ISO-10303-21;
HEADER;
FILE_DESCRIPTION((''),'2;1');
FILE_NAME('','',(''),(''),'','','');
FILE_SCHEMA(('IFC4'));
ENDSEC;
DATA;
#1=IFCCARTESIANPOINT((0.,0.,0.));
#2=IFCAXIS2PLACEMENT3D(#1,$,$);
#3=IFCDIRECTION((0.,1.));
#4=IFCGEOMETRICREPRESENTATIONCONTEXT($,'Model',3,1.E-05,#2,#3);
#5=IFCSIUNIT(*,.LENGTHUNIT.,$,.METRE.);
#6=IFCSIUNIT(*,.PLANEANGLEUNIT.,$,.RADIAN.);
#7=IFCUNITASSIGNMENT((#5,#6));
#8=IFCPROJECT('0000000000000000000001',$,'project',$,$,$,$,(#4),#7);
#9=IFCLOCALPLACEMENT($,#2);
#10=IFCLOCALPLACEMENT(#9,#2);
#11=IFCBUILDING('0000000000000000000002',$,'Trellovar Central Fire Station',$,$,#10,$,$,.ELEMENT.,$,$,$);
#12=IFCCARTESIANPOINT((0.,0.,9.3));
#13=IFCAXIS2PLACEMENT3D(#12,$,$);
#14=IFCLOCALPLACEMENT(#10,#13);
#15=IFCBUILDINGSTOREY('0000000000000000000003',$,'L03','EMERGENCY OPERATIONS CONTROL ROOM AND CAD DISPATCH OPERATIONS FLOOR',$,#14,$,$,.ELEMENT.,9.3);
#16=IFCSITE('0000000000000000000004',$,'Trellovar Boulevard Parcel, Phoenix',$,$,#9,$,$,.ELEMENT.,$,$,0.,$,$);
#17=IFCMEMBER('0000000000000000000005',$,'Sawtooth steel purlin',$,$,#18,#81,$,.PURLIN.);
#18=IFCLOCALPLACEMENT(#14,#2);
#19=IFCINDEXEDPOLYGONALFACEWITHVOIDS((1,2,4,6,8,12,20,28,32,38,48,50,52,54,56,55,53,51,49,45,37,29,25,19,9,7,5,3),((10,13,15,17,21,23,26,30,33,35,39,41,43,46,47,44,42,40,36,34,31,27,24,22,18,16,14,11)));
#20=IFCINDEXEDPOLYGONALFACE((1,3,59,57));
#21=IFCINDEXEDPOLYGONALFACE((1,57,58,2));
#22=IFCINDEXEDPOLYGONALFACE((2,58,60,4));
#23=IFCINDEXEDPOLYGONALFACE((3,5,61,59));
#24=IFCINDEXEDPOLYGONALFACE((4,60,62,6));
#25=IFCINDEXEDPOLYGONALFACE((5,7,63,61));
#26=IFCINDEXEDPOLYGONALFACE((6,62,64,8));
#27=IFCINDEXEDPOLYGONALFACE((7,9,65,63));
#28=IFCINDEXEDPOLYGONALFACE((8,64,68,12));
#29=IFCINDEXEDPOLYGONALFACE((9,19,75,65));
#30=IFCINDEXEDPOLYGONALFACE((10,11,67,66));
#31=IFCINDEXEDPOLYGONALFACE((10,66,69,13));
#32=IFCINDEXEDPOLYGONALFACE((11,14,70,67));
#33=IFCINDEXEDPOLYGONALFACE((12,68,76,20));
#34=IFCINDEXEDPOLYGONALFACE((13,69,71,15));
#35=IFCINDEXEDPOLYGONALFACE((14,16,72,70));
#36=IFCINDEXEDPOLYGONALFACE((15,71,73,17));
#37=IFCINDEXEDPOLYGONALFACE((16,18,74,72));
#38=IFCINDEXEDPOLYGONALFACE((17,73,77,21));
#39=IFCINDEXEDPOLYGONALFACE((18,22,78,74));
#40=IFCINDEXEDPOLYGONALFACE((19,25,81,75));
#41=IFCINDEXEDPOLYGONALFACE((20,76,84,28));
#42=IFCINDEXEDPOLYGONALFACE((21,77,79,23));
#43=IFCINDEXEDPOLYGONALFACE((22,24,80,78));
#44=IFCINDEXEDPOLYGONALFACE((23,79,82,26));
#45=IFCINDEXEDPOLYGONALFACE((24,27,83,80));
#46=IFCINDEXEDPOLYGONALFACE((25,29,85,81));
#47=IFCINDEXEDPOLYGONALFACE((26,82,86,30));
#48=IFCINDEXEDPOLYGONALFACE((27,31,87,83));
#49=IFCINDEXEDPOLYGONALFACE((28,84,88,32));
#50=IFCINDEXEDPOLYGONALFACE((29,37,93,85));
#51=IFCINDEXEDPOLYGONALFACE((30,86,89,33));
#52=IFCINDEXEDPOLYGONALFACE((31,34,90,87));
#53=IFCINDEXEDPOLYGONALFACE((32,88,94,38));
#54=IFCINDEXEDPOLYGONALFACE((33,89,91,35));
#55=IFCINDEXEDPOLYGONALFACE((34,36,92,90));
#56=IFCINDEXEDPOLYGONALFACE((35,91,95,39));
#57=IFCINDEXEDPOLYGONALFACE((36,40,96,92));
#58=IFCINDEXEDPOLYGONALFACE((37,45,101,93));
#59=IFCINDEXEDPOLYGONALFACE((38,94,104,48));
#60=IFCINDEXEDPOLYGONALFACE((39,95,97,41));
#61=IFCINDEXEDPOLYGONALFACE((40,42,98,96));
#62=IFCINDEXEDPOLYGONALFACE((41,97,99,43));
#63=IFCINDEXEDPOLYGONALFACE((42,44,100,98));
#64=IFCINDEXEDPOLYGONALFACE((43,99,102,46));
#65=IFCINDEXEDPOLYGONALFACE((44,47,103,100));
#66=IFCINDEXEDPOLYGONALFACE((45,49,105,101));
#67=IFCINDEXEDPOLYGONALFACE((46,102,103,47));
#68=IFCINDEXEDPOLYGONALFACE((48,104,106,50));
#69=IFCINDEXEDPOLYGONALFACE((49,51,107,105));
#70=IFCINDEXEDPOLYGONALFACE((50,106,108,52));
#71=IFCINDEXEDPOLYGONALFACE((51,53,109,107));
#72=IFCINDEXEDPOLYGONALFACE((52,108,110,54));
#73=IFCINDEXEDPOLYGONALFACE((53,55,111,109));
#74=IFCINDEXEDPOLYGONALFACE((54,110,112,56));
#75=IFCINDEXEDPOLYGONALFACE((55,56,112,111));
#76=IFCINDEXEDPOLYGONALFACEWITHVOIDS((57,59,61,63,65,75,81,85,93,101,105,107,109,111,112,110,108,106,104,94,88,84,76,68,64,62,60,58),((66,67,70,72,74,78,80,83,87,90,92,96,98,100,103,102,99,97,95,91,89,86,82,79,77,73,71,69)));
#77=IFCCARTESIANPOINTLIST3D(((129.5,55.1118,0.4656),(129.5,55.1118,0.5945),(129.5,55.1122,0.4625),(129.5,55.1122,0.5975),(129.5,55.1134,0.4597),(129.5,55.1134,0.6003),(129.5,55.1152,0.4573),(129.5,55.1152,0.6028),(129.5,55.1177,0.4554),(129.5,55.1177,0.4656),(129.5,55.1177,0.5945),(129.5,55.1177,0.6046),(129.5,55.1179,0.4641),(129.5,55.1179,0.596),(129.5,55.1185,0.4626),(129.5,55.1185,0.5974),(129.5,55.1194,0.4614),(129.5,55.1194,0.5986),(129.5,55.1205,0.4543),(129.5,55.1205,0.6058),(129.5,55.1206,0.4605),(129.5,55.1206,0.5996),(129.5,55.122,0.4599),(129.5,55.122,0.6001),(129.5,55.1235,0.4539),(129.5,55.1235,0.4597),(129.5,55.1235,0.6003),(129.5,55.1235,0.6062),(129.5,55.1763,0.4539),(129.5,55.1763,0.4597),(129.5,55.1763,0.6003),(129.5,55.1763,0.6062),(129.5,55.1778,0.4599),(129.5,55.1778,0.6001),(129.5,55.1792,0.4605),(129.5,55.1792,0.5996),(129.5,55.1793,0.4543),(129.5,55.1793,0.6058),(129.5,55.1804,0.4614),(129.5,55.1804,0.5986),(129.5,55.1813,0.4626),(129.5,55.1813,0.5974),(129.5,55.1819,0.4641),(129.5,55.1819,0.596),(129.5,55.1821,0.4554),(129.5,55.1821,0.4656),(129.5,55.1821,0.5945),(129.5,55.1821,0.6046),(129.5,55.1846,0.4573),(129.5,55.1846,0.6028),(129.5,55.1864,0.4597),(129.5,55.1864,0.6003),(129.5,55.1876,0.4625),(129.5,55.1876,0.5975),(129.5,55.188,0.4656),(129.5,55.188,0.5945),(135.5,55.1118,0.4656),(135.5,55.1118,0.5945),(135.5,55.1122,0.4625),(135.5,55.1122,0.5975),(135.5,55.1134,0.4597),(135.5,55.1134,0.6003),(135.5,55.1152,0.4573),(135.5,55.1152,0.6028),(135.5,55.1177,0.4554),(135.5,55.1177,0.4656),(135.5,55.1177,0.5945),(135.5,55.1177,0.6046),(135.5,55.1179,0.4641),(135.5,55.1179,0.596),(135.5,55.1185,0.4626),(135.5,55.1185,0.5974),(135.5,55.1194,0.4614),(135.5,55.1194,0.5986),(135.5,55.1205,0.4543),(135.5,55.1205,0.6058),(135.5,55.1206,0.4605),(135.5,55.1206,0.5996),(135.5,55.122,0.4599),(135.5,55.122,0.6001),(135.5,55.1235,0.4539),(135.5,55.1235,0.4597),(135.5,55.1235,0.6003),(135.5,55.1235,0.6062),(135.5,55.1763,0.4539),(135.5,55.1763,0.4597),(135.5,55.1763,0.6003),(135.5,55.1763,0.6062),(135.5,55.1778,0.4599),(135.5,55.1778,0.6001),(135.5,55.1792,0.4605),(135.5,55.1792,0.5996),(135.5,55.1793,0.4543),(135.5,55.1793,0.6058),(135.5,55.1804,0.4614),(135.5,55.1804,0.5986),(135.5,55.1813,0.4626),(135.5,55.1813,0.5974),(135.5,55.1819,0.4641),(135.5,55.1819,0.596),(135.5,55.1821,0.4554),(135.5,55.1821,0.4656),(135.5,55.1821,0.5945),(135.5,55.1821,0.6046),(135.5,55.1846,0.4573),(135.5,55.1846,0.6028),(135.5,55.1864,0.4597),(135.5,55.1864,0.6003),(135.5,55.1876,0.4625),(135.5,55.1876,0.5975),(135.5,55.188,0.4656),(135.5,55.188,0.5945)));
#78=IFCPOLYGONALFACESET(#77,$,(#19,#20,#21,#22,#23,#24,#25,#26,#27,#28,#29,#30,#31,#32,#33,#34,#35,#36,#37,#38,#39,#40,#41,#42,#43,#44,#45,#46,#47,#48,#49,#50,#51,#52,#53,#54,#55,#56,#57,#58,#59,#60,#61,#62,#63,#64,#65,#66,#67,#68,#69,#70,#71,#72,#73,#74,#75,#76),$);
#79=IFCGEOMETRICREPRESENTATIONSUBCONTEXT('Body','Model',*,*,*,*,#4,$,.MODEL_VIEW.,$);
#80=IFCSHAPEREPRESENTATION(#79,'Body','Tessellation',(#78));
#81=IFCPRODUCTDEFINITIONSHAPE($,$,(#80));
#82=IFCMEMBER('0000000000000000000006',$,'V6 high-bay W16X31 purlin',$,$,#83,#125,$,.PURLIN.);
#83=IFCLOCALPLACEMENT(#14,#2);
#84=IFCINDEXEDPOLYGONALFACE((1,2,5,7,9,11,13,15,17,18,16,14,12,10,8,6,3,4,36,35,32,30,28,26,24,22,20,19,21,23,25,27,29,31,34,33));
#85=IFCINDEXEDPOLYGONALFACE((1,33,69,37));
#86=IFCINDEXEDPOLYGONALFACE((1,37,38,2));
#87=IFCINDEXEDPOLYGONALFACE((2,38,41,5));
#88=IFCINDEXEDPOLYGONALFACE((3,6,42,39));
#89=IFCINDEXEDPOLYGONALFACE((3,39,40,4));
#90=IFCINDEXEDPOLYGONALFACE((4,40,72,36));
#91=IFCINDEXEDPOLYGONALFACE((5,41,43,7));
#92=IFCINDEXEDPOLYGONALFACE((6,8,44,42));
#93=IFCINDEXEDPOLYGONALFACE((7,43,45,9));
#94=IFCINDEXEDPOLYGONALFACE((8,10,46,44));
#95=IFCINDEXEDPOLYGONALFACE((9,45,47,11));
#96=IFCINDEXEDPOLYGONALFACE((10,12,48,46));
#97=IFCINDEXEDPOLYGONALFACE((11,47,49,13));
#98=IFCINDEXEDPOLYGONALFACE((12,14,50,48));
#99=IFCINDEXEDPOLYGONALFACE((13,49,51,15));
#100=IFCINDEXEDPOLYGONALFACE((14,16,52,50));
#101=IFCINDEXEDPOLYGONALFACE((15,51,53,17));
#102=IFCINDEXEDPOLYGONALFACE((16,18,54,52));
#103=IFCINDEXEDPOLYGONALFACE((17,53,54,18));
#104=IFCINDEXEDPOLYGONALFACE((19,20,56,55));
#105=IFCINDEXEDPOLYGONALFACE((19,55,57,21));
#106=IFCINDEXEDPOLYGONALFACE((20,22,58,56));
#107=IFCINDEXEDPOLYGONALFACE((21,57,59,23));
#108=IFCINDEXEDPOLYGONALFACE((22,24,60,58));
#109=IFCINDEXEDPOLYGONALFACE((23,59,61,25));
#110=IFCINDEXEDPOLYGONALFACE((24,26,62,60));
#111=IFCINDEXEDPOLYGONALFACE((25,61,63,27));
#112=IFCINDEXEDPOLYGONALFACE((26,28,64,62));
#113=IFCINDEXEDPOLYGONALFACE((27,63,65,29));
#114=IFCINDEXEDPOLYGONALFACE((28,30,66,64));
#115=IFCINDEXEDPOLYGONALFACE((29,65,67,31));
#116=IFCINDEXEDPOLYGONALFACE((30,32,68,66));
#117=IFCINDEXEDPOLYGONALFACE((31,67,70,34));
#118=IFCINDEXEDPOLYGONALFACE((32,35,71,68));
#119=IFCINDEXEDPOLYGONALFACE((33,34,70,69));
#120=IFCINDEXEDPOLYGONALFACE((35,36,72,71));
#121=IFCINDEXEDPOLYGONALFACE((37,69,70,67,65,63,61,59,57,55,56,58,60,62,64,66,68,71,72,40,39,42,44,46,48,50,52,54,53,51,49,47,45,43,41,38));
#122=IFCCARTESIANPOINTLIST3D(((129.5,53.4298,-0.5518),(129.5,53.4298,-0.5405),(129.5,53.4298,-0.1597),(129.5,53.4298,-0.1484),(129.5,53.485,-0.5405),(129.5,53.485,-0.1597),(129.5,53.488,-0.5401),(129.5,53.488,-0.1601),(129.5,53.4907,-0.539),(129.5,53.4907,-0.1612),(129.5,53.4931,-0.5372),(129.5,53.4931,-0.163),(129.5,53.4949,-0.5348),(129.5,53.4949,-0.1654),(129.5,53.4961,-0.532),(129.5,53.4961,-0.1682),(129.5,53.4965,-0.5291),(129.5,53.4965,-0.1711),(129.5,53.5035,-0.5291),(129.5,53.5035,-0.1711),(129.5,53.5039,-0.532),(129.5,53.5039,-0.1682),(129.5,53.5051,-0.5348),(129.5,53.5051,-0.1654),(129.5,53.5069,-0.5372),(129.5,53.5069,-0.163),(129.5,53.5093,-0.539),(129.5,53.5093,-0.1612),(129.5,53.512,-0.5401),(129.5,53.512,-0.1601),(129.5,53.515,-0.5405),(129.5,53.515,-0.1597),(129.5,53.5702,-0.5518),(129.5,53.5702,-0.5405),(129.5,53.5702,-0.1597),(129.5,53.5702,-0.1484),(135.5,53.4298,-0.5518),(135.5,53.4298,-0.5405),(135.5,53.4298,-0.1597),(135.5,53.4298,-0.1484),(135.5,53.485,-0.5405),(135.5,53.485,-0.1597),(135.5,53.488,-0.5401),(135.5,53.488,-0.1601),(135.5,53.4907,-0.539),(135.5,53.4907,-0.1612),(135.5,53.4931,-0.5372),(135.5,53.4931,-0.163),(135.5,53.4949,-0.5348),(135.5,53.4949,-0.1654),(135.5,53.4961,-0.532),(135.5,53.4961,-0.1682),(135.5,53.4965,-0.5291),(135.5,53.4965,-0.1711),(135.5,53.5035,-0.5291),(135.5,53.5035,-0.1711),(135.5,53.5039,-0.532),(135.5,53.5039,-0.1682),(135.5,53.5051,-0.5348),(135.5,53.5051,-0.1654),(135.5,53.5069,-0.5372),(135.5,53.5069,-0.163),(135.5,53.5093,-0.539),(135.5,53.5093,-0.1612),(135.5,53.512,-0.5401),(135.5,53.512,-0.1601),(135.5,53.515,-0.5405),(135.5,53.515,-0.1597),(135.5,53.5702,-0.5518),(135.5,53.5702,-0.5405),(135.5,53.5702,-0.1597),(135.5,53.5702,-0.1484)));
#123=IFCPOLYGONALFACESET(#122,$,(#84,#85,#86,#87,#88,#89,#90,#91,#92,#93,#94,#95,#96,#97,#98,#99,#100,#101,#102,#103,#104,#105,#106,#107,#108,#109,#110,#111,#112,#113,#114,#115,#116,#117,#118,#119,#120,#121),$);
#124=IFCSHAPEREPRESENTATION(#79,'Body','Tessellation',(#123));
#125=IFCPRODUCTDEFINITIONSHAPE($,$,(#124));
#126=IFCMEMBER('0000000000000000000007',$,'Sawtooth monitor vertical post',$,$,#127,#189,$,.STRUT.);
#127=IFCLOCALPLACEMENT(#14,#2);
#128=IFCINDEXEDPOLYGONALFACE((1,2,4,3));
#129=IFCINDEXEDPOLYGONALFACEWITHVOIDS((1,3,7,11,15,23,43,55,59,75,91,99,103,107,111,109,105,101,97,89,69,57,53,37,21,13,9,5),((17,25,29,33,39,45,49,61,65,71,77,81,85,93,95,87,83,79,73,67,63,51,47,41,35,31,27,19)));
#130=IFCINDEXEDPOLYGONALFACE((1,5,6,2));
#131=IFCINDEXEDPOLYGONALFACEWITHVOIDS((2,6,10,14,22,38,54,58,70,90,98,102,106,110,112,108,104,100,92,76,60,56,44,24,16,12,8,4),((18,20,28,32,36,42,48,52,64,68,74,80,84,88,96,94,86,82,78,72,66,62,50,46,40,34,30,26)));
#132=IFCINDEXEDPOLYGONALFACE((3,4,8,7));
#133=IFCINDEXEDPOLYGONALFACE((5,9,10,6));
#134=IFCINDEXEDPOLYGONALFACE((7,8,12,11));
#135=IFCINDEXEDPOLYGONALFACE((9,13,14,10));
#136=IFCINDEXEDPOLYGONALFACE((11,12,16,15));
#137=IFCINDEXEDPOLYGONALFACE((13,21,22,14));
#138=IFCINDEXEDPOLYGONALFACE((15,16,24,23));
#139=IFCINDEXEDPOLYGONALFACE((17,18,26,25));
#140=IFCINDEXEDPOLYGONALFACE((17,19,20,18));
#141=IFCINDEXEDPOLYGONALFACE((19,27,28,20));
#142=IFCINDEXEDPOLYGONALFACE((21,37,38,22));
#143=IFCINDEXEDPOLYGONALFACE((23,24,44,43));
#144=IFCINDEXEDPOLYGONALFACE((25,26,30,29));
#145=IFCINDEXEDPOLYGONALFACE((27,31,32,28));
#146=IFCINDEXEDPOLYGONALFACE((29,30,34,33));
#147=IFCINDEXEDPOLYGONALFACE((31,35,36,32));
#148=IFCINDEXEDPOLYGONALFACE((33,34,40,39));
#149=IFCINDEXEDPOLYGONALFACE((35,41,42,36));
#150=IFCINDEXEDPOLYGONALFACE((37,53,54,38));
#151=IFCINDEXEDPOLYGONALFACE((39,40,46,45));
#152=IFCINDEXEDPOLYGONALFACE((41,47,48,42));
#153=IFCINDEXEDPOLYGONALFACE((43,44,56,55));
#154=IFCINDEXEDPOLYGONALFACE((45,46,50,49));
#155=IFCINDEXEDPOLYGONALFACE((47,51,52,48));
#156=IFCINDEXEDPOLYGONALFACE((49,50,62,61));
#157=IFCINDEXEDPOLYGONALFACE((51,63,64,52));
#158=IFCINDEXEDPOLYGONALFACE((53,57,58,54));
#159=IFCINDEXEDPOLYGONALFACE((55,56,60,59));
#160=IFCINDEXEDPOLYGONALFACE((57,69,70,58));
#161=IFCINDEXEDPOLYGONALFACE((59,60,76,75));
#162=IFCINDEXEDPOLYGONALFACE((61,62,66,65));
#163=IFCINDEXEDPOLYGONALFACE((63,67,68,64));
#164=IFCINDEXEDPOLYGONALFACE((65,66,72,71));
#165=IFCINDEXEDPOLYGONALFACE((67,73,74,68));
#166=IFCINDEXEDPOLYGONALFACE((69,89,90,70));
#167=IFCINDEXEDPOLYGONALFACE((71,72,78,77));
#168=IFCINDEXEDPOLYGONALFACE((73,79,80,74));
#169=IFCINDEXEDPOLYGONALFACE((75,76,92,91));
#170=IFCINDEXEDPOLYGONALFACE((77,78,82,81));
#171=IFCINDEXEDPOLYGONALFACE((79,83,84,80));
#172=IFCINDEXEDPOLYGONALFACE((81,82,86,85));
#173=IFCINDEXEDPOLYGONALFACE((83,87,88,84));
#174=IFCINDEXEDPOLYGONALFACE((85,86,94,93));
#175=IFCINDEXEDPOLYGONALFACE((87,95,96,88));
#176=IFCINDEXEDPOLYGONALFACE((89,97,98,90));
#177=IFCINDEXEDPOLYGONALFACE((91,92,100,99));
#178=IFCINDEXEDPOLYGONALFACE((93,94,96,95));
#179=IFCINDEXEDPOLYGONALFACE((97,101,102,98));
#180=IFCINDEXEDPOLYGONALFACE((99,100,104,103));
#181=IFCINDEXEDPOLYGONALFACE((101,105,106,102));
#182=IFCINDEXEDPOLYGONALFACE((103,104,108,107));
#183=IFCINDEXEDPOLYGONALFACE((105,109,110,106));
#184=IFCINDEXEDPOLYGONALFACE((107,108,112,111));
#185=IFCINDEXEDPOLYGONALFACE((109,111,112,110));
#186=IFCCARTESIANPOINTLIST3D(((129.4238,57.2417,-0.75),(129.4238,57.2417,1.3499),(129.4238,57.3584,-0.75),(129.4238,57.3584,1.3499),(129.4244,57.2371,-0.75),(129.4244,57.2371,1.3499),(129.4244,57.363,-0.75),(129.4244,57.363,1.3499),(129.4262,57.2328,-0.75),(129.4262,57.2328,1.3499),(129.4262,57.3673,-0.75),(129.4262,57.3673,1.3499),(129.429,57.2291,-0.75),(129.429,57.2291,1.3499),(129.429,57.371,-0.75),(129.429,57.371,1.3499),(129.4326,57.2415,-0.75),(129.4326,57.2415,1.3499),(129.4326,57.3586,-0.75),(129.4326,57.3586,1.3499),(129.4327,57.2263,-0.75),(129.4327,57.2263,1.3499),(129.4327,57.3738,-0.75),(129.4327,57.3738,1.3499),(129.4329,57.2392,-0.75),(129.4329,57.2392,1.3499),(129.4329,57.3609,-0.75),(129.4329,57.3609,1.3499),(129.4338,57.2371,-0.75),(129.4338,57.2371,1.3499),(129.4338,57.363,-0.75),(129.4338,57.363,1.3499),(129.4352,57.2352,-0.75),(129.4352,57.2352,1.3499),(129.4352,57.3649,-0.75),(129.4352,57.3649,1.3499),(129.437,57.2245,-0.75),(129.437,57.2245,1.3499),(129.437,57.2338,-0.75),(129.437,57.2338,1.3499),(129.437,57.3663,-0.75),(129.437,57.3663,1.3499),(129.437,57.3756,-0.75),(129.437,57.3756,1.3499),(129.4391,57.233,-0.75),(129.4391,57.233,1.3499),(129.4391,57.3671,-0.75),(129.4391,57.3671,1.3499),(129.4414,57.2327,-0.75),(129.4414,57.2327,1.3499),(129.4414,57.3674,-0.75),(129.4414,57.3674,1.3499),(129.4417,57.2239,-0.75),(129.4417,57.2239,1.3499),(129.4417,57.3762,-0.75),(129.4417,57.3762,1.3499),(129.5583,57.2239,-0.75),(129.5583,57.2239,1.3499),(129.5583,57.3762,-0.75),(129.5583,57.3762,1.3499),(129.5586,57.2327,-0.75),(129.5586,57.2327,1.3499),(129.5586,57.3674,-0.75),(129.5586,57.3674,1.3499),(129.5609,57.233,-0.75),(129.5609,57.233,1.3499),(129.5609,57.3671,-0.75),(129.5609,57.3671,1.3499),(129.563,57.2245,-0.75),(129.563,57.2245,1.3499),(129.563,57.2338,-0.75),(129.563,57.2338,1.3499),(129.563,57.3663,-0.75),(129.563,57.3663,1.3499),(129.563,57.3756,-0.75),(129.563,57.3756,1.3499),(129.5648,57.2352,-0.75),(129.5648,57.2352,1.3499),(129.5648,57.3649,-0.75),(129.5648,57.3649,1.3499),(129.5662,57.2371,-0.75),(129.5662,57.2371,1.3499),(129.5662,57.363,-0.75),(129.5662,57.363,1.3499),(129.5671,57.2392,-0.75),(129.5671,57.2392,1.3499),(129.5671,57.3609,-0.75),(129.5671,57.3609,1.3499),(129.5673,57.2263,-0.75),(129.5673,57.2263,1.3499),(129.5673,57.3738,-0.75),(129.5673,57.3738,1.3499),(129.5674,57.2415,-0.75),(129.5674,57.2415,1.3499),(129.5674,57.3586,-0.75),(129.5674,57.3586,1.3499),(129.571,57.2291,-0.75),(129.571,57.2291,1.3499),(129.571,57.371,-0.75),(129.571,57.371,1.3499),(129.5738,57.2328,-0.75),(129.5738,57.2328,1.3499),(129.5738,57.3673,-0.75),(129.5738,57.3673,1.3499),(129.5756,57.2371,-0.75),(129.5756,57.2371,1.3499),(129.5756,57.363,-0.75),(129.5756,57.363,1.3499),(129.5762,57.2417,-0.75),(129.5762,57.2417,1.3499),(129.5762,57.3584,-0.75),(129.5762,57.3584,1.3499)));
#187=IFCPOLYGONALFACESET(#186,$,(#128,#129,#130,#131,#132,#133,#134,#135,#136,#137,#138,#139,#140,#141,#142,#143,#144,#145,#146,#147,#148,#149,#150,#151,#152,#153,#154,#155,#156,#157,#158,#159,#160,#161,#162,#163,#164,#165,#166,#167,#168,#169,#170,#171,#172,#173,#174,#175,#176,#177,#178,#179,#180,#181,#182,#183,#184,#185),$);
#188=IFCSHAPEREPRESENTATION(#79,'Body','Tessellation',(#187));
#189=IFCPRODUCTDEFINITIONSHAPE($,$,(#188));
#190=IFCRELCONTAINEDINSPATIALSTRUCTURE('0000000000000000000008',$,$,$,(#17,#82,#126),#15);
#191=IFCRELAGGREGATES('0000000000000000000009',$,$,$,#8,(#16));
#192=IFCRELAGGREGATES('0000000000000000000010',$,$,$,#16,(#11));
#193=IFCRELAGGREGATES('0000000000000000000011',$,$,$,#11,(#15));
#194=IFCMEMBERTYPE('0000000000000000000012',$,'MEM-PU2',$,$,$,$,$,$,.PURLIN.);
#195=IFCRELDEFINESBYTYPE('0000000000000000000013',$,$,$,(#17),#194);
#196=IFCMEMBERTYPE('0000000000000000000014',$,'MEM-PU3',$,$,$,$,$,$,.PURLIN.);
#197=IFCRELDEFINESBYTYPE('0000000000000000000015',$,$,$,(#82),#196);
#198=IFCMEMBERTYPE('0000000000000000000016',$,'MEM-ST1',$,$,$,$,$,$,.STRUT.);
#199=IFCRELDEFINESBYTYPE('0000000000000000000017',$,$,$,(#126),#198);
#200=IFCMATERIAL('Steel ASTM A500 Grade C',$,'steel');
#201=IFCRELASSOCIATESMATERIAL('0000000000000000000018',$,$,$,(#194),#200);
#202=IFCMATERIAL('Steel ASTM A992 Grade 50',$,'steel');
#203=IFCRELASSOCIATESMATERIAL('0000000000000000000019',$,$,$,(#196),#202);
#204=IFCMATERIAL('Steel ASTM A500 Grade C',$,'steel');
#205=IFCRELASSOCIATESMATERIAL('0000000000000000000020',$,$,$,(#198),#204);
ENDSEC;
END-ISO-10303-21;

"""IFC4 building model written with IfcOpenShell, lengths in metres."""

from ifc_helpers import new_model, si_unit, direction, frame, origin, origin_2d, place, context, subcontext, project, spatial, hollow_rectangle, i_section, extrude, material, material_profile, profile_set, type_object, element, save


model = new_model("IFC4")

# Units and contexts
model_context = context("Model", 3, precision=1e-05, world=origin(), true_north=direction((0.0, 1.0)))
body_context = subcontext(model_context, "Body", "Model", "MODEL_VIEW")
ifc_project = project(units=[si_unit("LENGTHUNIT", "METRE"), si_unit("PLANEANGLEUNIT", "RADIAN")], contexts=[model_context])

# Site, building, storey
site_placement = place(None, origin())
site = spatial("IfcSite", under=ifc_project, at=site_placement, Name="Trellovar Boulevard Parcel, Phoenix", CompositionType="ELEMENT", RefElevation=0.0)
building_placement = place(site_placement, origin())
building = spatial("IfcBuilding", under=site, at=building_placement, Name="Trellovar Central Fire Station", CompositionType="ELEMENT")
storey_placement = place(building_placement, frame((0.0, 0.0, 9.3)))
storey = spatial("IfcBuildingStorey", under=building, at=storey_placement, Name="L03", Description="EMERGENCY OPERATIONS CONTROL ROOM AND CAD DISPATCH OPERATIONS FLOOR", CompositionType="ELEMENT", Elevation=9.3)

# Members
ifc_material_1 = material(Name="Steel ASTM A500 Grade C", Category="steel")
ifc_material_profile_1 = material_profile(ifc_material_1, hollow_rectangle(XDim=0.0762, YDim=0.1523, WallThickness=0.0059, InnerFilletRadius=0.0059, OuterFilletRadius=0.0117, at=origin_2d()), Name="HSS6X3X1/4")
ifc_profile_set_1 = profile_set([ifc_material_profile_1], Name="Steel ASTM A500 Grade C")
member_type_1 = type_object("IfcMemberType", Name="MEM-PU2", PredefinedType="PURLIN", material=ifc_profile_set_1)
member_1_placement = place(storey_placement, frame((129.5, 55.1499, 0.53), z_axis=(1.0, 0.0, 0.0), x_axis=(0.0, 1.0, 0.0)))
element("IfcMember", 1, at=member_1_placement, inside=storey, type_object=member_type_1, Name="Sawtooth steel purlin", PredefinedType="PURLIN", context=body_context, shape_type="SweptSolid", body=[
    extrude(hollow_rectangle(XDim=0.0762, YDim=0.1523, WallThickness=0.0059, InnerFilletRadius=0.0059, OuterFilletRadius=0.0117, at=origin_2d()), origin(), (0.0, 0.0, 1.0), 6.0),
])
ifc_material_2 = material(Name="Steel ASTM A992 Grade 50", Category="steel")
ifc_material_profile_2 = material_profile(ifc_material_2, i_section(OverallWidth=0.1404, OverallDepth=0.4033, WebThickness=0.0071, FlangeThickness=0.0112, FilletRadius=0.0115, at=origin_2d()), Name="W16X31")
ifc_profile_set_2 = profile_set([ifc_material_profile_2], Name="Steel ASTM A992 Grade 50")
member_type_2 = type_object("IfcMemberType", Name="MEM-PU3", PredefinedType="PURLIN", material=ifc_profile_set_2)
member_2_placement = place(storey_placement, frame((129.5, 53.5, -0.3501), z_axis=(1.0, 0.0, 0.0), x_axis=(0.0, 1.0, 0.0)))
element("IfcMember", 2, at=member_2_placement, inside=storey, type_object=member_type_2, Name="V6 high-bay W16X31 purlin", PredefinedType="PURLIN", context=body_context, shape_type="SweptSolid", body=[
    extrude(i_section(OverallWidth=0.1404, OverallDepth=0.4033, WebThickness=0.0071, FlangeThickness=0.0112, FilletRadius=0.0115, at=origin_2d()), origin(), (0.0, 0.0, 1.0), 6.0),
])
ifc_material_3 = material(Name="Steel ASTM A500 Grade C", Category="steel")
ifc_material_profile_3 = material_profile(ifc_material_3, hollow_rectangle(XDim=0.1523, YDim=0.1523, WallThickness=0.0088, InnerFilletRadius=0.0088, OuterFilletRadius=0.0178, at=origin_2d()), Name="HSS6X6X3/8")
ifc_profile_set_3 = profile_set([ifc_material_profile_3], Name="Steel ASTM A500 Grade C")
member_type_3 = type_object("IfcMemberType", Name="MEM-ST1", PredefinedType="STRUT", material=ifc_profile_set_3)
member_3_placement = place(storey_placement, frame((129.5, 57.3, -0.75), z_axis=(0.0, 0.0, 1.0), x_axis=(1.0, 0.0, 0.0)))
element("IfcMember", 3, at=member_3_placement, inside=storey, type_object=member_type_3, Name="Sawtooth monitor vertical post", PredefinedType="STRUT", context=body_context, shape_type="SweptSolid", body=[
    extrude(hollow_rectangle(XDim=0.1523, YDim=0.1523, WallThickness=0.0088, InnerFilletRadius=0.0088, OuterFilletRadius=0.0178, at=origin_2d()), origin(), (0.0, 0.0, 1.0), 2.0999),
])

save(model, "model.ifc")
